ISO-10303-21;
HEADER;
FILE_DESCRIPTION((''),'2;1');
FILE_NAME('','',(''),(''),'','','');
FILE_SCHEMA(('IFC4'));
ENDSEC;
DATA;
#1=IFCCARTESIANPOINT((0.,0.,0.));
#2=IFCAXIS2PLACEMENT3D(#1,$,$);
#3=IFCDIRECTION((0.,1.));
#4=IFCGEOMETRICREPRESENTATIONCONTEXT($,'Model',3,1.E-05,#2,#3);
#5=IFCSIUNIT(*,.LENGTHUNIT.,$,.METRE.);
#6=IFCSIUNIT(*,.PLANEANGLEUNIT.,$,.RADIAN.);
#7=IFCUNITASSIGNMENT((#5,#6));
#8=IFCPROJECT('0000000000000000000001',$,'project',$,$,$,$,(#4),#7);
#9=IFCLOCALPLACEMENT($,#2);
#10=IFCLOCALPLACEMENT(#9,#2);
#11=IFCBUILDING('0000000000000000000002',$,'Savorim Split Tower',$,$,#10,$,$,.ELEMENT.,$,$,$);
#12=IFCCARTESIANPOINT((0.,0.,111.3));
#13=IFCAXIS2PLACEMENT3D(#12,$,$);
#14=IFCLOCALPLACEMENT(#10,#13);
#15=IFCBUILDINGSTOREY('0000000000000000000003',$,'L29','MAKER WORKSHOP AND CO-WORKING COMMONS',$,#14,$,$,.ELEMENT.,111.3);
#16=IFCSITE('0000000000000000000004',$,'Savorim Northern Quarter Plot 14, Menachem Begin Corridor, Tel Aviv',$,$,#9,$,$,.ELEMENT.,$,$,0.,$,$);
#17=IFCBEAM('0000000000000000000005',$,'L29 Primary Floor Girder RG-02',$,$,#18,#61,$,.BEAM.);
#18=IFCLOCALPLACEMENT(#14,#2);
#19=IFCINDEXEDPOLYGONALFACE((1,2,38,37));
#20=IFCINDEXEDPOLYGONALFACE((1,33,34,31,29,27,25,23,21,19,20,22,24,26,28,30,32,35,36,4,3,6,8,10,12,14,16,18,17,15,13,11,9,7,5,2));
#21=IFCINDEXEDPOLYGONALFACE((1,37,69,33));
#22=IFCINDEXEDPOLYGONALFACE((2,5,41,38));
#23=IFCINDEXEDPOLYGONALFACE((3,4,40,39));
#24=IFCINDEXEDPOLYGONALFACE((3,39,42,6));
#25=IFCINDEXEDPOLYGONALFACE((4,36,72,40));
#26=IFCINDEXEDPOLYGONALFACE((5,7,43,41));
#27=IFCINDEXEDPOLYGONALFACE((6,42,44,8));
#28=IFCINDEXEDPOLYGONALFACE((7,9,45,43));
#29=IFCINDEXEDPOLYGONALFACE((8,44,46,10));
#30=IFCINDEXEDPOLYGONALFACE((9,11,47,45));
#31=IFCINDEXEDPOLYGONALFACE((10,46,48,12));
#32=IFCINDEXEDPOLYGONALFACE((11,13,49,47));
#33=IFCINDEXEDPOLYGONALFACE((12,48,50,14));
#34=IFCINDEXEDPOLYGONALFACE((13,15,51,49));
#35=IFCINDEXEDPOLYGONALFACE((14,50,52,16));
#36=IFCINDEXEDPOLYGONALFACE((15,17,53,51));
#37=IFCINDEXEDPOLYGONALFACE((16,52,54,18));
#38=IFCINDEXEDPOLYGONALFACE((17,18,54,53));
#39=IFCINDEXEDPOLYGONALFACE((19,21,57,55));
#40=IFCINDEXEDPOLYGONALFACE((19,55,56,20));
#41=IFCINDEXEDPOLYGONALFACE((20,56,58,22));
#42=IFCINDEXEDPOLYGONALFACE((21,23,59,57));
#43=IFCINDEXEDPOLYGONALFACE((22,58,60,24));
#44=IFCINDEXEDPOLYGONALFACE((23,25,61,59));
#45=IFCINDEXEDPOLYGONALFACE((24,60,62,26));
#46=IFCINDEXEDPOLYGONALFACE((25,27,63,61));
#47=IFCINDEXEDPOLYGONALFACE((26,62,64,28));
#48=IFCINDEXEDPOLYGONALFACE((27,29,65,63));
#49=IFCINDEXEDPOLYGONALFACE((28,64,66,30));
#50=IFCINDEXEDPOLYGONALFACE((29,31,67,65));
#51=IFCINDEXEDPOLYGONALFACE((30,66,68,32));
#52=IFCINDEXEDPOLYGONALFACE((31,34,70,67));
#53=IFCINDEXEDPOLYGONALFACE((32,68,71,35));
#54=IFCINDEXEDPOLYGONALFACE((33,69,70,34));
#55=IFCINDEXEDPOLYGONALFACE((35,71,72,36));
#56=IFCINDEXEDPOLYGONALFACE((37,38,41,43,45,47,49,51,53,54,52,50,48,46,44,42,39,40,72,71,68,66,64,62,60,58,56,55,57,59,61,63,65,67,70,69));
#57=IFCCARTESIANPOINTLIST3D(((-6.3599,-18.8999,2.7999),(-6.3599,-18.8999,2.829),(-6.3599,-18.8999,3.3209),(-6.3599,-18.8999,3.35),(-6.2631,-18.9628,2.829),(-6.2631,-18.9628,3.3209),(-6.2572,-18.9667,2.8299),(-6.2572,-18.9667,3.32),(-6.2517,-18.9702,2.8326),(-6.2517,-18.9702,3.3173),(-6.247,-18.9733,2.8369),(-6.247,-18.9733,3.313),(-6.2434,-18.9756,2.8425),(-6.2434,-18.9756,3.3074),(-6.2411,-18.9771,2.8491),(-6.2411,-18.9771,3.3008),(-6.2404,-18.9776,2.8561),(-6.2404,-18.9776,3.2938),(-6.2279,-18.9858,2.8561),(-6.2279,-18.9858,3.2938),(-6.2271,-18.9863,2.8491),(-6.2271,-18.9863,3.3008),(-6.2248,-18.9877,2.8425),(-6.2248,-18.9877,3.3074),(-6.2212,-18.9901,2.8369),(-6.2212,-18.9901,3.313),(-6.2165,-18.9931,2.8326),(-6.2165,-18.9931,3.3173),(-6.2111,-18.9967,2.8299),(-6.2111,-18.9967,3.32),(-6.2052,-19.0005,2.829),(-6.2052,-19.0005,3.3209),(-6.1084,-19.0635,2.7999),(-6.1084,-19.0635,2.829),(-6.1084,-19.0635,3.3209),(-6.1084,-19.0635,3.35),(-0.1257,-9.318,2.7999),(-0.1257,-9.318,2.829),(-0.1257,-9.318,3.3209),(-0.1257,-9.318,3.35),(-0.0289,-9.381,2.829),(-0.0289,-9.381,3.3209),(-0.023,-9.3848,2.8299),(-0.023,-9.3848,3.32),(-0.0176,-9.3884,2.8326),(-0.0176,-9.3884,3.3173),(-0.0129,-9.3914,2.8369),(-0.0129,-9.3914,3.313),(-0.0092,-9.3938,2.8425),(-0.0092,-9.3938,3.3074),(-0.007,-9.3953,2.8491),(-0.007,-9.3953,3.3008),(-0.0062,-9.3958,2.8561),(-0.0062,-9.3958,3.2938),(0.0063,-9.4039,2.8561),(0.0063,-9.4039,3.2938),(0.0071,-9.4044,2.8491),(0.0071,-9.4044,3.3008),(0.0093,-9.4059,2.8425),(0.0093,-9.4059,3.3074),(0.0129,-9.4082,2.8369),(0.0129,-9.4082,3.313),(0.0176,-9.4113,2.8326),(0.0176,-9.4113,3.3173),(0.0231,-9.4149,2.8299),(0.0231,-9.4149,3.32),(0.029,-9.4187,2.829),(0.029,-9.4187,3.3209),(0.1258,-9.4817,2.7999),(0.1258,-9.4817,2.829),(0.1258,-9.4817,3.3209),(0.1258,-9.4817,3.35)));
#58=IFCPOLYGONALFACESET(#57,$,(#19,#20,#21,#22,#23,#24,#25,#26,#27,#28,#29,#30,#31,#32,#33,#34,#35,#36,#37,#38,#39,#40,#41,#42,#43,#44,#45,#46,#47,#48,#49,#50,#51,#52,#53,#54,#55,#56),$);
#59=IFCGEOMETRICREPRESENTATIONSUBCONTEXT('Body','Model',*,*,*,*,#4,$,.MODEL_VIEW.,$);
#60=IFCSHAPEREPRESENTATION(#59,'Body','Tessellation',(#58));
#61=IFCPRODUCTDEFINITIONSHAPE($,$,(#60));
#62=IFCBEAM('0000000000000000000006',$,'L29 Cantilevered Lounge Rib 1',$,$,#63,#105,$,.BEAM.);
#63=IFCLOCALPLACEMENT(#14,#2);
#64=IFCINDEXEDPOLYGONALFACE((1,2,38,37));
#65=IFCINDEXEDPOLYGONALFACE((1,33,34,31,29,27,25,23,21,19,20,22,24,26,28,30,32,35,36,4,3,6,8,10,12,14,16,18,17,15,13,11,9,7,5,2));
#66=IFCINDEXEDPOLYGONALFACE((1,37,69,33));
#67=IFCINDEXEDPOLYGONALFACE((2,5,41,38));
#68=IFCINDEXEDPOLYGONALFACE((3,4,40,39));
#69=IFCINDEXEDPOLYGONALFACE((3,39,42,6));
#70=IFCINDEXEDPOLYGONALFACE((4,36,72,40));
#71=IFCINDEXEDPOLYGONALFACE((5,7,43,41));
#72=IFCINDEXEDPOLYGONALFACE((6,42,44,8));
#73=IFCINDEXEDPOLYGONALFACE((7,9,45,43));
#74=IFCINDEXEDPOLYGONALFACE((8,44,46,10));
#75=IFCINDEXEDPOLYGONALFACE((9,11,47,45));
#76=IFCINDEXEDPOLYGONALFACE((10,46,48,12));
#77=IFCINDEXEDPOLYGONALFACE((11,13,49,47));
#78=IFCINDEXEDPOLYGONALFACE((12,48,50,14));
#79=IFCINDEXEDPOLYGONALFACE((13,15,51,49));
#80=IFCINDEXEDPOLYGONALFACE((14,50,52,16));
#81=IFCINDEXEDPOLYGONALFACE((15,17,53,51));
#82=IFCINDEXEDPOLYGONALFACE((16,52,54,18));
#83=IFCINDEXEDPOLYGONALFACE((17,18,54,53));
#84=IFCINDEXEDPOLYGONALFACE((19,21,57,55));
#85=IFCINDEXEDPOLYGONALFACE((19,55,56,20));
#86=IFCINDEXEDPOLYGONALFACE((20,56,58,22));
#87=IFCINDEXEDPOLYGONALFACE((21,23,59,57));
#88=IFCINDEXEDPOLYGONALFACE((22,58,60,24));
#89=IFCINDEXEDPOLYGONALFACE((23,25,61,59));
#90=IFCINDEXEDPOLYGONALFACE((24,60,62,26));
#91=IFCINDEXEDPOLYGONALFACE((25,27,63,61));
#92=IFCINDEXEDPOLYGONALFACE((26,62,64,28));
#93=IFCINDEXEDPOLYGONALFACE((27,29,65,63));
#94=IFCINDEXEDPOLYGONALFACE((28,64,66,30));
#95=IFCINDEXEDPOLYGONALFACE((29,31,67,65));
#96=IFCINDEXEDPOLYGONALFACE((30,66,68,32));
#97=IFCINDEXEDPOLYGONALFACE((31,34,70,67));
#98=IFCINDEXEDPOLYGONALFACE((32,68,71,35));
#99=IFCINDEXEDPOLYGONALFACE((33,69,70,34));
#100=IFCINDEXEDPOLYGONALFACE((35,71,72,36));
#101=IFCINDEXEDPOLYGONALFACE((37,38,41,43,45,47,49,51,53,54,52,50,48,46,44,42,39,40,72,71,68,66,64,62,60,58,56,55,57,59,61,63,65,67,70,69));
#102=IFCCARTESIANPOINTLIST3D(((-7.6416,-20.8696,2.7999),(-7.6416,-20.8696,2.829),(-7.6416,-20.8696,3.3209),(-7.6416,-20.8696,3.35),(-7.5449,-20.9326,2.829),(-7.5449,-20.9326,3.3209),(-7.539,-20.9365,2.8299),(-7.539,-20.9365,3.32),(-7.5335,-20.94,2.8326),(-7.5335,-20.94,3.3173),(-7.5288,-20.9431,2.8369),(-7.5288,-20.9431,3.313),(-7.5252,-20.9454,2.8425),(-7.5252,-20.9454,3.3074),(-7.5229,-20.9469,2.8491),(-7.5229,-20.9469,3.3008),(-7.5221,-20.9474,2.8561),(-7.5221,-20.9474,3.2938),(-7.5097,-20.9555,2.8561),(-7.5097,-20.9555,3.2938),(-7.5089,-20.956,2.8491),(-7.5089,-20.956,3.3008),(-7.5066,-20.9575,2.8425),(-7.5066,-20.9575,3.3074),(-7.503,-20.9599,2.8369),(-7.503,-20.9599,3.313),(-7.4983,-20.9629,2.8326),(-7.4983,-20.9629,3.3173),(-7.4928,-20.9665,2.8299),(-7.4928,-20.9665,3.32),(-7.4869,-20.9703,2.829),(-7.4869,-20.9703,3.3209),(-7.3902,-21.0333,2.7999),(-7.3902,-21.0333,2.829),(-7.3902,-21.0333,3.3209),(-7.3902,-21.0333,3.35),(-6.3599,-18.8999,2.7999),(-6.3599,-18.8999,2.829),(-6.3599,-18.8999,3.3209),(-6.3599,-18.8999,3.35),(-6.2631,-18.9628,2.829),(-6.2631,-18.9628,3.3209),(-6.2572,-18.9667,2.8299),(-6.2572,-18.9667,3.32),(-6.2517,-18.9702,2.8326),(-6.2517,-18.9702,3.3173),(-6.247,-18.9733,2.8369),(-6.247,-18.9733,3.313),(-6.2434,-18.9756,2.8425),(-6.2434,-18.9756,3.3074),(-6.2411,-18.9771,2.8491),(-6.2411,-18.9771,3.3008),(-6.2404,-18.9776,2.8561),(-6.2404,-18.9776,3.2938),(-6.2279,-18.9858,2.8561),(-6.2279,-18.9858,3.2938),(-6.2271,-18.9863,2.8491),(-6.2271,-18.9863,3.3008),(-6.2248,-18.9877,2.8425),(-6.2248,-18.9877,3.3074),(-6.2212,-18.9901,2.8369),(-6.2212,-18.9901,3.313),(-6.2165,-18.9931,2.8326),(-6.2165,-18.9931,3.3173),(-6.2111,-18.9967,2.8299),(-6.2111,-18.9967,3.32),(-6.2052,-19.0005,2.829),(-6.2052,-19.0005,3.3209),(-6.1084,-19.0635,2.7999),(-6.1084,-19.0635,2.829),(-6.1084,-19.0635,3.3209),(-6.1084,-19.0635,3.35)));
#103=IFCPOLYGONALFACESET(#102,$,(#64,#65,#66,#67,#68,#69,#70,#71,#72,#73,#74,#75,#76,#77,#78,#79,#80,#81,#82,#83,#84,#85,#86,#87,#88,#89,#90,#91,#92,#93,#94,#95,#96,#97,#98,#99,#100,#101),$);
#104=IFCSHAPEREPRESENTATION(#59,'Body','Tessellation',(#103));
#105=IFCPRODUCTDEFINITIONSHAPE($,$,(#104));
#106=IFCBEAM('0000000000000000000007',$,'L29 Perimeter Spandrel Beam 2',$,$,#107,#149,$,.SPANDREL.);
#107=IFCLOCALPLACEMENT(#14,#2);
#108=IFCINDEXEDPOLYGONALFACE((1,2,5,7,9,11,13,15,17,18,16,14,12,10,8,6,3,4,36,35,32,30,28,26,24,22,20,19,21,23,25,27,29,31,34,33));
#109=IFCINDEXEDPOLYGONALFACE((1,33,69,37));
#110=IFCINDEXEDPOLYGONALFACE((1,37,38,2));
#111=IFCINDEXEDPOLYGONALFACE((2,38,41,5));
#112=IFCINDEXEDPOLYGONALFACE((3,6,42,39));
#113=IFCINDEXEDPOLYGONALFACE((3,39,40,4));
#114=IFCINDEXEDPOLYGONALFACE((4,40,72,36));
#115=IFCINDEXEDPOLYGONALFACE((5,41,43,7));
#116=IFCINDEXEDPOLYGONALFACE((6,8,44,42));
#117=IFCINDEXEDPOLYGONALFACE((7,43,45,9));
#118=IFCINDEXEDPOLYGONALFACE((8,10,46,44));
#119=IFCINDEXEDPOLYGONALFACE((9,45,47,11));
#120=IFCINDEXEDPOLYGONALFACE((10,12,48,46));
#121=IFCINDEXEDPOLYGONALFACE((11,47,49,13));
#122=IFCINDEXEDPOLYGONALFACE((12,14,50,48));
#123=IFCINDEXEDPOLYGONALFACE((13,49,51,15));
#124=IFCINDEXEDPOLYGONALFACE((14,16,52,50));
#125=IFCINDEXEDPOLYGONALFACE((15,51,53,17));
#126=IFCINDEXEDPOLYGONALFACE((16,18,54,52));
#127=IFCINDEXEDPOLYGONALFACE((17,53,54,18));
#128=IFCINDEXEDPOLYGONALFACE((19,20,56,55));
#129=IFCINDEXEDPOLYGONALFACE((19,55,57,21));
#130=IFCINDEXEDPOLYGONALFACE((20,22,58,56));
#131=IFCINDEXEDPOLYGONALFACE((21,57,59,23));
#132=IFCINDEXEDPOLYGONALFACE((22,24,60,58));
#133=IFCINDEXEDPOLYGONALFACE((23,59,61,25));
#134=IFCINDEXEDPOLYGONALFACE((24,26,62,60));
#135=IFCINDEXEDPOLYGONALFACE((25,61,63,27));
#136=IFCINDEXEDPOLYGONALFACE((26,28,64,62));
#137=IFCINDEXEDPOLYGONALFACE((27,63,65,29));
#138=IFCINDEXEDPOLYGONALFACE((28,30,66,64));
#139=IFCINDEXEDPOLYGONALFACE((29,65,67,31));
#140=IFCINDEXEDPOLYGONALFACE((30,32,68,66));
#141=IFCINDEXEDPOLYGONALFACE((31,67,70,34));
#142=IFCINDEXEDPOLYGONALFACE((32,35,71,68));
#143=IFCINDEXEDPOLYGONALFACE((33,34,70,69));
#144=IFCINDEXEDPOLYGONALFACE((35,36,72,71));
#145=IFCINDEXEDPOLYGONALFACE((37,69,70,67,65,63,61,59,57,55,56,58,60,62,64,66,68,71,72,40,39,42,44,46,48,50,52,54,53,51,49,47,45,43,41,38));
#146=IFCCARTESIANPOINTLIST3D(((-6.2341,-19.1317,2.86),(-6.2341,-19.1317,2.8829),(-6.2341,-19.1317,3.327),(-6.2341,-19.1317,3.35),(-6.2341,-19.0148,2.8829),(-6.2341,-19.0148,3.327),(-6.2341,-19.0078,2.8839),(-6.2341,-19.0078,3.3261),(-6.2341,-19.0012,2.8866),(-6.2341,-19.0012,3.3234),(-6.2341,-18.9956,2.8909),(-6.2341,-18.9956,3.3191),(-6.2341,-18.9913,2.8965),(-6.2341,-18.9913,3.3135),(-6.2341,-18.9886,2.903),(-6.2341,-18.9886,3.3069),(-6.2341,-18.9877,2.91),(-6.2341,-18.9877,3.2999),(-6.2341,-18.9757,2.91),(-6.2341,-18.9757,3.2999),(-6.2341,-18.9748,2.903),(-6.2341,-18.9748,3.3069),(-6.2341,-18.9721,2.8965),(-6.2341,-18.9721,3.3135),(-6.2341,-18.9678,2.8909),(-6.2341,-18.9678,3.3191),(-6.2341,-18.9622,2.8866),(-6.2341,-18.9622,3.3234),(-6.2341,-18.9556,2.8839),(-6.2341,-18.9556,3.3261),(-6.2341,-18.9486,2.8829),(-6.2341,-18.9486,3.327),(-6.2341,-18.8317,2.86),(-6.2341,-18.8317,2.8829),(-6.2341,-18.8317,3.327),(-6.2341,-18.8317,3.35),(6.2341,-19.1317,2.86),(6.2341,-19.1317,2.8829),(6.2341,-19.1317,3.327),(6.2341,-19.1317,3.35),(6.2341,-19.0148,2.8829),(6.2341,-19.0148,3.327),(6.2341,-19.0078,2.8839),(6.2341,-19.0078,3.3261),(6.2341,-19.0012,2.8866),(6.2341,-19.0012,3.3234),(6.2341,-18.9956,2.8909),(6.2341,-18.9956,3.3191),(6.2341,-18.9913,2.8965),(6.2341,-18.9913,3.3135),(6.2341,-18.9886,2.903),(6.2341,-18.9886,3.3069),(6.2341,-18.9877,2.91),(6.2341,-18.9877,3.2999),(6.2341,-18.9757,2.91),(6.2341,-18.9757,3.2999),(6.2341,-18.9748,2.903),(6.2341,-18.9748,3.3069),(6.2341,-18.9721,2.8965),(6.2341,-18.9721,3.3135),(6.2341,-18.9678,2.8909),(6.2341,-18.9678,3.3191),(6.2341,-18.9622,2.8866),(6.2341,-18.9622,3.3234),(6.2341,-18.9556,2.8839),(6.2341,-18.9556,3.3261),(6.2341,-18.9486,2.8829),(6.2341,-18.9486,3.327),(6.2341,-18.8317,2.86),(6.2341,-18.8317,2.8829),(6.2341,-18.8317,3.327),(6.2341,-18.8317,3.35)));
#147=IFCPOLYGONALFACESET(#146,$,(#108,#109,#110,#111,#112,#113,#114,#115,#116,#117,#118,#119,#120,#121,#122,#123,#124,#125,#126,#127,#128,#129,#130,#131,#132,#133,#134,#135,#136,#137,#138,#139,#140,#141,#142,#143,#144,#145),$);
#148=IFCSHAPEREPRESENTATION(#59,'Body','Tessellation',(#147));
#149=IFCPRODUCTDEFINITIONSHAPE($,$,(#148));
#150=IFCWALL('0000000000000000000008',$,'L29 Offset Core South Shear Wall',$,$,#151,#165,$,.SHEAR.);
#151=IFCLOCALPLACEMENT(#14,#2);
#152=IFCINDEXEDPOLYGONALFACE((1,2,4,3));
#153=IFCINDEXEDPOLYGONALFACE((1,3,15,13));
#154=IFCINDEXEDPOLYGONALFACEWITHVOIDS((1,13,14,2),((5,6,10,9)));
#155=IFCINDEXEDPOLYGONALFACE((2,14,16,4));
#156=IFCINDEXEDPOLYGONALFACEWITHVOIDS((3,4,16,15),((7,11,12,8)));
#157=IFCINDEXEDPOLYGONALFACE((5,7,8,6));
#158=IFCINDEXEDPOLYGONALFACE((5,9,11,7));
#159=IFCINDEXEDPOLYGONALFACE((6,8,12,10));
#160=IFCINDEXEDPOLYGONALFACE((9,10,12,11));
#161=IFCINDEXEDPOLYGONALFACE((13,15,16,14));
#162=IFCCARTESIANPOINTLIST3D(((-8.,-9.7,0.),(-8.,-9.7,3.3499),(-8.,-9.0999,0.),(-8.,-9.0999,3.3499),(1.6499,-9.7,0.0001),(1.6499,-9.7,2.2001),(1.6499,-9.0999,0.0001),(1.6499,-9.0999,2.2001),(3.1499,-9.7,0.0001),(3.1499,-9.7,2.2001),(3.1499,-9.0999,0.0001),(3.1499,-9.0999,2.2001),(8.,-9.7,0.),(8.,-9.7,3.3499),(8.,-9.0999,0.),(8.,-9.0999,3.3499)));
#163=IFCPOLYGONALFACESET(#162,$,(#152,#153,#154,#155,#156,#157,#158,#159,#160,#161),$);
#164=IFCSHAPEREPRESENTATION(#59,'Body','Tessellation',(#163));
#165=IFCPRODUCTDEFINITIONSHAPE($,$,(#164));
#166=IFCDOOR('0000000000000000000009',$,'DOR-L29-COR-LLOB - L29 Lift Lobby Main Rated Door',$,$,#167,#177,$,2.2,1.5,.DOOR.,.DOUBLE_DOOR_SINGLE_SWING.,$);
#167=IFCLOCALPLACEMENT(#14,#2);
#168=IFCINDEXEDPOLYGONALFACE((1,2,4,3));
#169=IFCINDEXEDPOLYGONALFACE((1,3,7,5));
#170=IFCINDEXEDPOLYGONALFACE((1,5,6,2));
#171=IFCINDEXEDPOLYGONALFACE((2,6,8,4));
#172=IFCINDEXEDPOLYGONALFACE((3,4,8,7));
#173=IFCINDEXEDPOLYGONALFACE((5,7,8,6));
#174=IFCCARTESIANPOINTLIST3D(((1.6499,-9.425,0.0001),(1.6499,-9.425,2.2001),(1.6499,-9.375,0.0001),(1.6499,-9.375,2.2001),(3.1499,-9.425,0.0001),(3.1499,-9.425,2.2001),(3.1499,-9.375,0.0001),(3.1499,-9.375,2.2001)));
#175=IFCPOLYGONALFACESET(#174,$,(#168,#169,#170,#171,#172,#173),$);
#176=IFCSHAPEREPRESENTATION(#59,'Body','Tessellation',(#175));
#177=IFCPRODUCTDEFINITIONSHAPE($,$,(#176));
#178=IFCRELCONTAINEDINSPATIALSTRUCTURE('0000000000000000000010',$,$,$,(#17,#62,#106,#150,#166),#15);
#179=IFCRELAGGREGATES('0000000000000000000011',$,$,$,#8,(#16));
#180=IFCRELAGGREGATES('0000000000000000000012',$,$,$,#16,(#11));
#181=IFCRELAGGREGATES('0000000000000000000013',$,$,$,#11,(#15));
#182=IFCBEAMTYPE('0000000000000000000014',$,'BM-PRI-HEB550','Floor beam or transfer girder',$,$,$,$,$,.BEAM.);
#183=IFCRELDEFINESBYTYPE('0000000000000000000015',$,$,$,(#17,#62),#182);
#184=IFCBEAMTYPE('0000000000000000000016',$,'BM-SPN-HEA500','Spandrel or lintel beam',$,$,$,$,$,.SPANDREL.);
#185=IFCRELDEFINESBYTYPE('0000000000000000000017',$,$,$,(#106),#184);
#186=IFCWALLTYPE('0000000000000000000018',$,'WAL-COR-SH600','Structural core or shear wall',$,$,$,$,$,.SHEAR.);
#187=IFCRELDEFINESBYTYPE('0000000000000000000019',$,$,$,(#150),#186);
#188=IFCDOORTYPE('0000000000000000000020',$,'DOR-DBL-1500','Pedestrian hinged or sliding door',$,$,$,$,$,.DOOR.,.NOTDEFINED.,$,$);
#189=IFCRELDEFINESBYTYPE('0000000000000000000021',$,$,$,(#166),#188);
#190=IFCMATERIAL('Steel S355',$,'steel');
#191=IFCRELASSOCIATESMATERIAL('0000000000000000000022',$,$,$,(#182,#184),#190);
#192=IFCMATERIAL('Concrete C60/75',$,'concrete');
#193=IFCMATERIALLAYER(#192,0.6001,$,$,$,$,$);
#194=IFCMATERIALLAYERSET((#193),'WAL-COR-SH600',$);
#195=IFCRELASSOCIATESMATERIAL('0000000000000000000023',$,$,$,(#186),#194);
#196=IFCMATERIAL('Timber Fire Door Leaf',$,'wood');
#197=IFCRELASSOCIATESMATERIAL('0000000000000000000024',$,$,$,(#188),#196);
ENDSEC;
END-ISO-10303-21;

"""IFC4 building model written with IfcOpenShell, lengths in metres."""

from ifc_helpers import new_model, si_unit, direction, frame, frame_2d, origin, origin_2d, place, context, subcontext, project, spatial, rectangle, i_section, extrude, material, layer, layer_set, material_profile, profile_set, type_object, element, fill, save


model = new_model("IFC4")

# Units and contexts
model_context = context("Model", 3, precision=1e-05, world=origin(), true_north=direction((0.0, 1.0)))
body_context = subcontext(model_context, "Body", "Model", "MODEL_VIEW")
ifc_project = project(units=[si_unit("LENGTHUNIT", "METRE"), si_unit("PLANEANGLEUNIT", "RADIAN")], contexts=[model_context])

# Site, building, storey
site_placement = place(None, origin())
site = spatial("IfcSite", under=ifc_project, at=site_placement, Name="Savorim Northern Quarter Plot 14, Menachem Begin Corridor, Tel Aviv", CompositionType="ELEMENT", RefElevation=0.0)
building_placement = place(site_placement, origin())
building = spatial("IfcBuilding", under=site, at=building_placement, Name="Savorim Split Tower", CompositionType="ELEMENT")
storey_placement = place(building_placement, frame((0.0, 0.0, 111.3)))
storey = spatial("IfcBuildingStorey", under=building, at=storey_placement, Name="L29", Description="MAKER WORKSHOP AND CO-WORKING COMMONS", CompositionType="ELEMENT", Elevation=111.3)

# Beams
ifc_material_1 = material(Name="Steel S355", Category="steel")
ifc_material_profile_1 = material_profile(ifc_material_1, i_section(OverallWidth=0.3, OverallDepth=0.55, WebThickness=0.0149, FlangeThickness=0.0291, FilletRadius=0.0271, at=origin_2d()), Name="HEB 550")
ifc_profile_set_1 = profile_set([ifc_material_profile_1], Name="Steel S355")
beam_type_1 = type_object("IfcBeamType", Name="BM-PRI-HEB550", Description="Floor beam or transfer girder", PredefinedType="BEAM", material=ifc_profile_set_1)
beam_1_placement = place(storey_placement, frame((-6.2341, -18.9817, 3.075), z_axis=(0.545355, 0.838205, 0.0), x_axis=(-0.838205, 0.545355, 0.0)))
element("IfcBeam", 1, at=beam_1_placement, inside=storey, type_object=beam_type_1, Name="L29 Primary Floor Girder RG-02", PredefinedType="BEAM", context=body_context, shape_type="SweptSolid", body=[
    extrude(i_section(OverallWidth=0.3, OverallDepth=0.55, WebThickness=0.0149, FlangeThickness=0.0291, FilletRadius=0.0271, at=origin_2d()), origin(), (0.0, 0.0, 1.0), 11.4314),
])
beam_2_placement = place(storey_placement, frame((-6.2341, -18.9817, 3.075), z_axis=(-0.545412, -0.838168, 0.0), x_axis=(0.838168, -0.545412, 0.0)))
element("IfcBeam", 2, at=beam_2_placement, inside=storey, type_object=beam_type_1, Name="L29 Cantilevered Lounge Rib 1", PredefinedType="BEAM", context=body_context, shape_type="SweptSolid", body=[
    extrude(i_section(OverallWidth=0.3, OverallDepth=0.55, WebThickness=0.0149, FlangeThickness=0.0291, FilletRadius=0.0271, at=origin_2d()), origin(), (0.0, 0.0, 1.0), 2.3501),
])
ifc_material_profile_2 = material_profile(ifc_material_1, i_section(OverallWidth=0.3, OverallDepth=0.49, WebThickness=0.012, FlangeThickness=0.0229, FilletRadius=0.0271, at=origin_2d()), Name="HEA 500")
ifc_profile_set_2 = profile_set([ifc_material_profile_2], Name="Steel S355")
beam_type_2 = type_object("IfcBeamType", Name="BM-SPN-HEA500", Description="Spandrel or lintel beam", PredefinedType="SPANDREL", material=ifc_profile_set_2)
beam_3_placement = place(storey_placement, frame((-6.2341, -18.9817, 3.105), z_axis=(1.0, 0.0, 0.0), x_axis=(0.0, 1.0, 0.0)))
element("IfcBeam", 3, at=beam_3_placement, inside=storey, type_object=beam_type_2, Name="L29 Perimeter Spandrel Beam 2", PredefinedType="SPANDREL", context=body_context, shape_type="SweptSolid", body=[
    extrude(i_section(OverallWidth=0.3, OverallDepth=0.49, WebThickness=0.012, FlangeThickness=0.0229, FilletRadius=0.0271, at=origin_2d()), origin(), (0.0, 0.0, 1.0), 12.4683),
])

# Wall, opening, door
ifc_material_2 = material(Name="Concrete C60/75", Category="concrete")
ifc_layer_1 = layer(ifc_material_2, 0.6001)
ifc_layer_set_1 = layer_set([ifc_layer_1], Name="WAL-COR-SH600")
wall_type_1 = type_object("IfcWallType", Name="WAL-COR-SH600", Description="Structural core or shear wall", PredefinedType="SHEAR", material=ifc_layer_set_1)
wall_1_placement = place(storey_placement, frame((-8.0, -9.3999, 0.0), z_axis=(0.0, 0.0, 1.0), x_axis=(1.0, 0.0, 0.0)))
wall_1 = element("IfcWall", 4, at=wall_1_placement, inside=storey, type_object=wall_type_1, Name="L29 Offset Core South Shear Wall", PredefinedType="SHEAR", context=body_context, shape_type="SweptSolid", body=[
    extrude(rectangle(XDim=16.0, YDim=0.6001, at=frame_2d((8.0, 0.0))), origin(), (0.0, 0.0, 1.0), 3.3499),
])
opening_1_placement = place(wall_1_placement, frame((9.6499, 0.0, 0.0)))
opening_1 = element("IfcOpeningElement", 5, at=opening_1_placement, cuts=wall_1, PredefinedType="OPENING", context=body_context, shape_type="SweptSolid", body=[
    extrude(rectangle(XDim=1.5, YDim=2.2, at=frame_2d((0.75, 1.1001))), frame((0.0, 0.3101, 0.0), z_axis=(0.0, -1.0, 0.0), x_axis=(1.0, 0.0, 0.0)), (0.0, 0.0, 1.0), 0.6201),
])
ifc_material_3 = material(Name="Timber Fire Door Leaf", Category="wood")
door_type_1 = type_object("IfcDoorType", Name="DOR-DBL-1500", Description="Pedestrian hinged or sliding door", OperationType="NOTDEFINED", PredefinedType="DOOR", material=ifc_material_3)
door_1_placement = place(opening_1_placement, origin())
door_1 = element("IfcDoor", 6, at=door_1_placement, inside=storey, type_object=door_type_1, Name="DOR-L29-COR-LLOB - L29 Lift Lobby Main Rated Door", OperationType="DOUBLE_DOOR_SINGLE_SWING", OverallHeight=2.2, OverallWidth=1.5, PredefinedType="DOOR", context=body_context, shape_type="SweptSolid", body=[
    extrude(rectangle(XDim=1.5, YDim=2.2, at=frame_2d((0.75, 1.1001))), frame((0.0, 0.0249, 0.0), z_axis=(0.0, -1.0, 0.0), x_axis=(1.0, 0.0, 0.0)), (0.0, 0.0, 1.0), 0.05),
])
fill(opening_1, door_1)

save(model, "model.ifc")
